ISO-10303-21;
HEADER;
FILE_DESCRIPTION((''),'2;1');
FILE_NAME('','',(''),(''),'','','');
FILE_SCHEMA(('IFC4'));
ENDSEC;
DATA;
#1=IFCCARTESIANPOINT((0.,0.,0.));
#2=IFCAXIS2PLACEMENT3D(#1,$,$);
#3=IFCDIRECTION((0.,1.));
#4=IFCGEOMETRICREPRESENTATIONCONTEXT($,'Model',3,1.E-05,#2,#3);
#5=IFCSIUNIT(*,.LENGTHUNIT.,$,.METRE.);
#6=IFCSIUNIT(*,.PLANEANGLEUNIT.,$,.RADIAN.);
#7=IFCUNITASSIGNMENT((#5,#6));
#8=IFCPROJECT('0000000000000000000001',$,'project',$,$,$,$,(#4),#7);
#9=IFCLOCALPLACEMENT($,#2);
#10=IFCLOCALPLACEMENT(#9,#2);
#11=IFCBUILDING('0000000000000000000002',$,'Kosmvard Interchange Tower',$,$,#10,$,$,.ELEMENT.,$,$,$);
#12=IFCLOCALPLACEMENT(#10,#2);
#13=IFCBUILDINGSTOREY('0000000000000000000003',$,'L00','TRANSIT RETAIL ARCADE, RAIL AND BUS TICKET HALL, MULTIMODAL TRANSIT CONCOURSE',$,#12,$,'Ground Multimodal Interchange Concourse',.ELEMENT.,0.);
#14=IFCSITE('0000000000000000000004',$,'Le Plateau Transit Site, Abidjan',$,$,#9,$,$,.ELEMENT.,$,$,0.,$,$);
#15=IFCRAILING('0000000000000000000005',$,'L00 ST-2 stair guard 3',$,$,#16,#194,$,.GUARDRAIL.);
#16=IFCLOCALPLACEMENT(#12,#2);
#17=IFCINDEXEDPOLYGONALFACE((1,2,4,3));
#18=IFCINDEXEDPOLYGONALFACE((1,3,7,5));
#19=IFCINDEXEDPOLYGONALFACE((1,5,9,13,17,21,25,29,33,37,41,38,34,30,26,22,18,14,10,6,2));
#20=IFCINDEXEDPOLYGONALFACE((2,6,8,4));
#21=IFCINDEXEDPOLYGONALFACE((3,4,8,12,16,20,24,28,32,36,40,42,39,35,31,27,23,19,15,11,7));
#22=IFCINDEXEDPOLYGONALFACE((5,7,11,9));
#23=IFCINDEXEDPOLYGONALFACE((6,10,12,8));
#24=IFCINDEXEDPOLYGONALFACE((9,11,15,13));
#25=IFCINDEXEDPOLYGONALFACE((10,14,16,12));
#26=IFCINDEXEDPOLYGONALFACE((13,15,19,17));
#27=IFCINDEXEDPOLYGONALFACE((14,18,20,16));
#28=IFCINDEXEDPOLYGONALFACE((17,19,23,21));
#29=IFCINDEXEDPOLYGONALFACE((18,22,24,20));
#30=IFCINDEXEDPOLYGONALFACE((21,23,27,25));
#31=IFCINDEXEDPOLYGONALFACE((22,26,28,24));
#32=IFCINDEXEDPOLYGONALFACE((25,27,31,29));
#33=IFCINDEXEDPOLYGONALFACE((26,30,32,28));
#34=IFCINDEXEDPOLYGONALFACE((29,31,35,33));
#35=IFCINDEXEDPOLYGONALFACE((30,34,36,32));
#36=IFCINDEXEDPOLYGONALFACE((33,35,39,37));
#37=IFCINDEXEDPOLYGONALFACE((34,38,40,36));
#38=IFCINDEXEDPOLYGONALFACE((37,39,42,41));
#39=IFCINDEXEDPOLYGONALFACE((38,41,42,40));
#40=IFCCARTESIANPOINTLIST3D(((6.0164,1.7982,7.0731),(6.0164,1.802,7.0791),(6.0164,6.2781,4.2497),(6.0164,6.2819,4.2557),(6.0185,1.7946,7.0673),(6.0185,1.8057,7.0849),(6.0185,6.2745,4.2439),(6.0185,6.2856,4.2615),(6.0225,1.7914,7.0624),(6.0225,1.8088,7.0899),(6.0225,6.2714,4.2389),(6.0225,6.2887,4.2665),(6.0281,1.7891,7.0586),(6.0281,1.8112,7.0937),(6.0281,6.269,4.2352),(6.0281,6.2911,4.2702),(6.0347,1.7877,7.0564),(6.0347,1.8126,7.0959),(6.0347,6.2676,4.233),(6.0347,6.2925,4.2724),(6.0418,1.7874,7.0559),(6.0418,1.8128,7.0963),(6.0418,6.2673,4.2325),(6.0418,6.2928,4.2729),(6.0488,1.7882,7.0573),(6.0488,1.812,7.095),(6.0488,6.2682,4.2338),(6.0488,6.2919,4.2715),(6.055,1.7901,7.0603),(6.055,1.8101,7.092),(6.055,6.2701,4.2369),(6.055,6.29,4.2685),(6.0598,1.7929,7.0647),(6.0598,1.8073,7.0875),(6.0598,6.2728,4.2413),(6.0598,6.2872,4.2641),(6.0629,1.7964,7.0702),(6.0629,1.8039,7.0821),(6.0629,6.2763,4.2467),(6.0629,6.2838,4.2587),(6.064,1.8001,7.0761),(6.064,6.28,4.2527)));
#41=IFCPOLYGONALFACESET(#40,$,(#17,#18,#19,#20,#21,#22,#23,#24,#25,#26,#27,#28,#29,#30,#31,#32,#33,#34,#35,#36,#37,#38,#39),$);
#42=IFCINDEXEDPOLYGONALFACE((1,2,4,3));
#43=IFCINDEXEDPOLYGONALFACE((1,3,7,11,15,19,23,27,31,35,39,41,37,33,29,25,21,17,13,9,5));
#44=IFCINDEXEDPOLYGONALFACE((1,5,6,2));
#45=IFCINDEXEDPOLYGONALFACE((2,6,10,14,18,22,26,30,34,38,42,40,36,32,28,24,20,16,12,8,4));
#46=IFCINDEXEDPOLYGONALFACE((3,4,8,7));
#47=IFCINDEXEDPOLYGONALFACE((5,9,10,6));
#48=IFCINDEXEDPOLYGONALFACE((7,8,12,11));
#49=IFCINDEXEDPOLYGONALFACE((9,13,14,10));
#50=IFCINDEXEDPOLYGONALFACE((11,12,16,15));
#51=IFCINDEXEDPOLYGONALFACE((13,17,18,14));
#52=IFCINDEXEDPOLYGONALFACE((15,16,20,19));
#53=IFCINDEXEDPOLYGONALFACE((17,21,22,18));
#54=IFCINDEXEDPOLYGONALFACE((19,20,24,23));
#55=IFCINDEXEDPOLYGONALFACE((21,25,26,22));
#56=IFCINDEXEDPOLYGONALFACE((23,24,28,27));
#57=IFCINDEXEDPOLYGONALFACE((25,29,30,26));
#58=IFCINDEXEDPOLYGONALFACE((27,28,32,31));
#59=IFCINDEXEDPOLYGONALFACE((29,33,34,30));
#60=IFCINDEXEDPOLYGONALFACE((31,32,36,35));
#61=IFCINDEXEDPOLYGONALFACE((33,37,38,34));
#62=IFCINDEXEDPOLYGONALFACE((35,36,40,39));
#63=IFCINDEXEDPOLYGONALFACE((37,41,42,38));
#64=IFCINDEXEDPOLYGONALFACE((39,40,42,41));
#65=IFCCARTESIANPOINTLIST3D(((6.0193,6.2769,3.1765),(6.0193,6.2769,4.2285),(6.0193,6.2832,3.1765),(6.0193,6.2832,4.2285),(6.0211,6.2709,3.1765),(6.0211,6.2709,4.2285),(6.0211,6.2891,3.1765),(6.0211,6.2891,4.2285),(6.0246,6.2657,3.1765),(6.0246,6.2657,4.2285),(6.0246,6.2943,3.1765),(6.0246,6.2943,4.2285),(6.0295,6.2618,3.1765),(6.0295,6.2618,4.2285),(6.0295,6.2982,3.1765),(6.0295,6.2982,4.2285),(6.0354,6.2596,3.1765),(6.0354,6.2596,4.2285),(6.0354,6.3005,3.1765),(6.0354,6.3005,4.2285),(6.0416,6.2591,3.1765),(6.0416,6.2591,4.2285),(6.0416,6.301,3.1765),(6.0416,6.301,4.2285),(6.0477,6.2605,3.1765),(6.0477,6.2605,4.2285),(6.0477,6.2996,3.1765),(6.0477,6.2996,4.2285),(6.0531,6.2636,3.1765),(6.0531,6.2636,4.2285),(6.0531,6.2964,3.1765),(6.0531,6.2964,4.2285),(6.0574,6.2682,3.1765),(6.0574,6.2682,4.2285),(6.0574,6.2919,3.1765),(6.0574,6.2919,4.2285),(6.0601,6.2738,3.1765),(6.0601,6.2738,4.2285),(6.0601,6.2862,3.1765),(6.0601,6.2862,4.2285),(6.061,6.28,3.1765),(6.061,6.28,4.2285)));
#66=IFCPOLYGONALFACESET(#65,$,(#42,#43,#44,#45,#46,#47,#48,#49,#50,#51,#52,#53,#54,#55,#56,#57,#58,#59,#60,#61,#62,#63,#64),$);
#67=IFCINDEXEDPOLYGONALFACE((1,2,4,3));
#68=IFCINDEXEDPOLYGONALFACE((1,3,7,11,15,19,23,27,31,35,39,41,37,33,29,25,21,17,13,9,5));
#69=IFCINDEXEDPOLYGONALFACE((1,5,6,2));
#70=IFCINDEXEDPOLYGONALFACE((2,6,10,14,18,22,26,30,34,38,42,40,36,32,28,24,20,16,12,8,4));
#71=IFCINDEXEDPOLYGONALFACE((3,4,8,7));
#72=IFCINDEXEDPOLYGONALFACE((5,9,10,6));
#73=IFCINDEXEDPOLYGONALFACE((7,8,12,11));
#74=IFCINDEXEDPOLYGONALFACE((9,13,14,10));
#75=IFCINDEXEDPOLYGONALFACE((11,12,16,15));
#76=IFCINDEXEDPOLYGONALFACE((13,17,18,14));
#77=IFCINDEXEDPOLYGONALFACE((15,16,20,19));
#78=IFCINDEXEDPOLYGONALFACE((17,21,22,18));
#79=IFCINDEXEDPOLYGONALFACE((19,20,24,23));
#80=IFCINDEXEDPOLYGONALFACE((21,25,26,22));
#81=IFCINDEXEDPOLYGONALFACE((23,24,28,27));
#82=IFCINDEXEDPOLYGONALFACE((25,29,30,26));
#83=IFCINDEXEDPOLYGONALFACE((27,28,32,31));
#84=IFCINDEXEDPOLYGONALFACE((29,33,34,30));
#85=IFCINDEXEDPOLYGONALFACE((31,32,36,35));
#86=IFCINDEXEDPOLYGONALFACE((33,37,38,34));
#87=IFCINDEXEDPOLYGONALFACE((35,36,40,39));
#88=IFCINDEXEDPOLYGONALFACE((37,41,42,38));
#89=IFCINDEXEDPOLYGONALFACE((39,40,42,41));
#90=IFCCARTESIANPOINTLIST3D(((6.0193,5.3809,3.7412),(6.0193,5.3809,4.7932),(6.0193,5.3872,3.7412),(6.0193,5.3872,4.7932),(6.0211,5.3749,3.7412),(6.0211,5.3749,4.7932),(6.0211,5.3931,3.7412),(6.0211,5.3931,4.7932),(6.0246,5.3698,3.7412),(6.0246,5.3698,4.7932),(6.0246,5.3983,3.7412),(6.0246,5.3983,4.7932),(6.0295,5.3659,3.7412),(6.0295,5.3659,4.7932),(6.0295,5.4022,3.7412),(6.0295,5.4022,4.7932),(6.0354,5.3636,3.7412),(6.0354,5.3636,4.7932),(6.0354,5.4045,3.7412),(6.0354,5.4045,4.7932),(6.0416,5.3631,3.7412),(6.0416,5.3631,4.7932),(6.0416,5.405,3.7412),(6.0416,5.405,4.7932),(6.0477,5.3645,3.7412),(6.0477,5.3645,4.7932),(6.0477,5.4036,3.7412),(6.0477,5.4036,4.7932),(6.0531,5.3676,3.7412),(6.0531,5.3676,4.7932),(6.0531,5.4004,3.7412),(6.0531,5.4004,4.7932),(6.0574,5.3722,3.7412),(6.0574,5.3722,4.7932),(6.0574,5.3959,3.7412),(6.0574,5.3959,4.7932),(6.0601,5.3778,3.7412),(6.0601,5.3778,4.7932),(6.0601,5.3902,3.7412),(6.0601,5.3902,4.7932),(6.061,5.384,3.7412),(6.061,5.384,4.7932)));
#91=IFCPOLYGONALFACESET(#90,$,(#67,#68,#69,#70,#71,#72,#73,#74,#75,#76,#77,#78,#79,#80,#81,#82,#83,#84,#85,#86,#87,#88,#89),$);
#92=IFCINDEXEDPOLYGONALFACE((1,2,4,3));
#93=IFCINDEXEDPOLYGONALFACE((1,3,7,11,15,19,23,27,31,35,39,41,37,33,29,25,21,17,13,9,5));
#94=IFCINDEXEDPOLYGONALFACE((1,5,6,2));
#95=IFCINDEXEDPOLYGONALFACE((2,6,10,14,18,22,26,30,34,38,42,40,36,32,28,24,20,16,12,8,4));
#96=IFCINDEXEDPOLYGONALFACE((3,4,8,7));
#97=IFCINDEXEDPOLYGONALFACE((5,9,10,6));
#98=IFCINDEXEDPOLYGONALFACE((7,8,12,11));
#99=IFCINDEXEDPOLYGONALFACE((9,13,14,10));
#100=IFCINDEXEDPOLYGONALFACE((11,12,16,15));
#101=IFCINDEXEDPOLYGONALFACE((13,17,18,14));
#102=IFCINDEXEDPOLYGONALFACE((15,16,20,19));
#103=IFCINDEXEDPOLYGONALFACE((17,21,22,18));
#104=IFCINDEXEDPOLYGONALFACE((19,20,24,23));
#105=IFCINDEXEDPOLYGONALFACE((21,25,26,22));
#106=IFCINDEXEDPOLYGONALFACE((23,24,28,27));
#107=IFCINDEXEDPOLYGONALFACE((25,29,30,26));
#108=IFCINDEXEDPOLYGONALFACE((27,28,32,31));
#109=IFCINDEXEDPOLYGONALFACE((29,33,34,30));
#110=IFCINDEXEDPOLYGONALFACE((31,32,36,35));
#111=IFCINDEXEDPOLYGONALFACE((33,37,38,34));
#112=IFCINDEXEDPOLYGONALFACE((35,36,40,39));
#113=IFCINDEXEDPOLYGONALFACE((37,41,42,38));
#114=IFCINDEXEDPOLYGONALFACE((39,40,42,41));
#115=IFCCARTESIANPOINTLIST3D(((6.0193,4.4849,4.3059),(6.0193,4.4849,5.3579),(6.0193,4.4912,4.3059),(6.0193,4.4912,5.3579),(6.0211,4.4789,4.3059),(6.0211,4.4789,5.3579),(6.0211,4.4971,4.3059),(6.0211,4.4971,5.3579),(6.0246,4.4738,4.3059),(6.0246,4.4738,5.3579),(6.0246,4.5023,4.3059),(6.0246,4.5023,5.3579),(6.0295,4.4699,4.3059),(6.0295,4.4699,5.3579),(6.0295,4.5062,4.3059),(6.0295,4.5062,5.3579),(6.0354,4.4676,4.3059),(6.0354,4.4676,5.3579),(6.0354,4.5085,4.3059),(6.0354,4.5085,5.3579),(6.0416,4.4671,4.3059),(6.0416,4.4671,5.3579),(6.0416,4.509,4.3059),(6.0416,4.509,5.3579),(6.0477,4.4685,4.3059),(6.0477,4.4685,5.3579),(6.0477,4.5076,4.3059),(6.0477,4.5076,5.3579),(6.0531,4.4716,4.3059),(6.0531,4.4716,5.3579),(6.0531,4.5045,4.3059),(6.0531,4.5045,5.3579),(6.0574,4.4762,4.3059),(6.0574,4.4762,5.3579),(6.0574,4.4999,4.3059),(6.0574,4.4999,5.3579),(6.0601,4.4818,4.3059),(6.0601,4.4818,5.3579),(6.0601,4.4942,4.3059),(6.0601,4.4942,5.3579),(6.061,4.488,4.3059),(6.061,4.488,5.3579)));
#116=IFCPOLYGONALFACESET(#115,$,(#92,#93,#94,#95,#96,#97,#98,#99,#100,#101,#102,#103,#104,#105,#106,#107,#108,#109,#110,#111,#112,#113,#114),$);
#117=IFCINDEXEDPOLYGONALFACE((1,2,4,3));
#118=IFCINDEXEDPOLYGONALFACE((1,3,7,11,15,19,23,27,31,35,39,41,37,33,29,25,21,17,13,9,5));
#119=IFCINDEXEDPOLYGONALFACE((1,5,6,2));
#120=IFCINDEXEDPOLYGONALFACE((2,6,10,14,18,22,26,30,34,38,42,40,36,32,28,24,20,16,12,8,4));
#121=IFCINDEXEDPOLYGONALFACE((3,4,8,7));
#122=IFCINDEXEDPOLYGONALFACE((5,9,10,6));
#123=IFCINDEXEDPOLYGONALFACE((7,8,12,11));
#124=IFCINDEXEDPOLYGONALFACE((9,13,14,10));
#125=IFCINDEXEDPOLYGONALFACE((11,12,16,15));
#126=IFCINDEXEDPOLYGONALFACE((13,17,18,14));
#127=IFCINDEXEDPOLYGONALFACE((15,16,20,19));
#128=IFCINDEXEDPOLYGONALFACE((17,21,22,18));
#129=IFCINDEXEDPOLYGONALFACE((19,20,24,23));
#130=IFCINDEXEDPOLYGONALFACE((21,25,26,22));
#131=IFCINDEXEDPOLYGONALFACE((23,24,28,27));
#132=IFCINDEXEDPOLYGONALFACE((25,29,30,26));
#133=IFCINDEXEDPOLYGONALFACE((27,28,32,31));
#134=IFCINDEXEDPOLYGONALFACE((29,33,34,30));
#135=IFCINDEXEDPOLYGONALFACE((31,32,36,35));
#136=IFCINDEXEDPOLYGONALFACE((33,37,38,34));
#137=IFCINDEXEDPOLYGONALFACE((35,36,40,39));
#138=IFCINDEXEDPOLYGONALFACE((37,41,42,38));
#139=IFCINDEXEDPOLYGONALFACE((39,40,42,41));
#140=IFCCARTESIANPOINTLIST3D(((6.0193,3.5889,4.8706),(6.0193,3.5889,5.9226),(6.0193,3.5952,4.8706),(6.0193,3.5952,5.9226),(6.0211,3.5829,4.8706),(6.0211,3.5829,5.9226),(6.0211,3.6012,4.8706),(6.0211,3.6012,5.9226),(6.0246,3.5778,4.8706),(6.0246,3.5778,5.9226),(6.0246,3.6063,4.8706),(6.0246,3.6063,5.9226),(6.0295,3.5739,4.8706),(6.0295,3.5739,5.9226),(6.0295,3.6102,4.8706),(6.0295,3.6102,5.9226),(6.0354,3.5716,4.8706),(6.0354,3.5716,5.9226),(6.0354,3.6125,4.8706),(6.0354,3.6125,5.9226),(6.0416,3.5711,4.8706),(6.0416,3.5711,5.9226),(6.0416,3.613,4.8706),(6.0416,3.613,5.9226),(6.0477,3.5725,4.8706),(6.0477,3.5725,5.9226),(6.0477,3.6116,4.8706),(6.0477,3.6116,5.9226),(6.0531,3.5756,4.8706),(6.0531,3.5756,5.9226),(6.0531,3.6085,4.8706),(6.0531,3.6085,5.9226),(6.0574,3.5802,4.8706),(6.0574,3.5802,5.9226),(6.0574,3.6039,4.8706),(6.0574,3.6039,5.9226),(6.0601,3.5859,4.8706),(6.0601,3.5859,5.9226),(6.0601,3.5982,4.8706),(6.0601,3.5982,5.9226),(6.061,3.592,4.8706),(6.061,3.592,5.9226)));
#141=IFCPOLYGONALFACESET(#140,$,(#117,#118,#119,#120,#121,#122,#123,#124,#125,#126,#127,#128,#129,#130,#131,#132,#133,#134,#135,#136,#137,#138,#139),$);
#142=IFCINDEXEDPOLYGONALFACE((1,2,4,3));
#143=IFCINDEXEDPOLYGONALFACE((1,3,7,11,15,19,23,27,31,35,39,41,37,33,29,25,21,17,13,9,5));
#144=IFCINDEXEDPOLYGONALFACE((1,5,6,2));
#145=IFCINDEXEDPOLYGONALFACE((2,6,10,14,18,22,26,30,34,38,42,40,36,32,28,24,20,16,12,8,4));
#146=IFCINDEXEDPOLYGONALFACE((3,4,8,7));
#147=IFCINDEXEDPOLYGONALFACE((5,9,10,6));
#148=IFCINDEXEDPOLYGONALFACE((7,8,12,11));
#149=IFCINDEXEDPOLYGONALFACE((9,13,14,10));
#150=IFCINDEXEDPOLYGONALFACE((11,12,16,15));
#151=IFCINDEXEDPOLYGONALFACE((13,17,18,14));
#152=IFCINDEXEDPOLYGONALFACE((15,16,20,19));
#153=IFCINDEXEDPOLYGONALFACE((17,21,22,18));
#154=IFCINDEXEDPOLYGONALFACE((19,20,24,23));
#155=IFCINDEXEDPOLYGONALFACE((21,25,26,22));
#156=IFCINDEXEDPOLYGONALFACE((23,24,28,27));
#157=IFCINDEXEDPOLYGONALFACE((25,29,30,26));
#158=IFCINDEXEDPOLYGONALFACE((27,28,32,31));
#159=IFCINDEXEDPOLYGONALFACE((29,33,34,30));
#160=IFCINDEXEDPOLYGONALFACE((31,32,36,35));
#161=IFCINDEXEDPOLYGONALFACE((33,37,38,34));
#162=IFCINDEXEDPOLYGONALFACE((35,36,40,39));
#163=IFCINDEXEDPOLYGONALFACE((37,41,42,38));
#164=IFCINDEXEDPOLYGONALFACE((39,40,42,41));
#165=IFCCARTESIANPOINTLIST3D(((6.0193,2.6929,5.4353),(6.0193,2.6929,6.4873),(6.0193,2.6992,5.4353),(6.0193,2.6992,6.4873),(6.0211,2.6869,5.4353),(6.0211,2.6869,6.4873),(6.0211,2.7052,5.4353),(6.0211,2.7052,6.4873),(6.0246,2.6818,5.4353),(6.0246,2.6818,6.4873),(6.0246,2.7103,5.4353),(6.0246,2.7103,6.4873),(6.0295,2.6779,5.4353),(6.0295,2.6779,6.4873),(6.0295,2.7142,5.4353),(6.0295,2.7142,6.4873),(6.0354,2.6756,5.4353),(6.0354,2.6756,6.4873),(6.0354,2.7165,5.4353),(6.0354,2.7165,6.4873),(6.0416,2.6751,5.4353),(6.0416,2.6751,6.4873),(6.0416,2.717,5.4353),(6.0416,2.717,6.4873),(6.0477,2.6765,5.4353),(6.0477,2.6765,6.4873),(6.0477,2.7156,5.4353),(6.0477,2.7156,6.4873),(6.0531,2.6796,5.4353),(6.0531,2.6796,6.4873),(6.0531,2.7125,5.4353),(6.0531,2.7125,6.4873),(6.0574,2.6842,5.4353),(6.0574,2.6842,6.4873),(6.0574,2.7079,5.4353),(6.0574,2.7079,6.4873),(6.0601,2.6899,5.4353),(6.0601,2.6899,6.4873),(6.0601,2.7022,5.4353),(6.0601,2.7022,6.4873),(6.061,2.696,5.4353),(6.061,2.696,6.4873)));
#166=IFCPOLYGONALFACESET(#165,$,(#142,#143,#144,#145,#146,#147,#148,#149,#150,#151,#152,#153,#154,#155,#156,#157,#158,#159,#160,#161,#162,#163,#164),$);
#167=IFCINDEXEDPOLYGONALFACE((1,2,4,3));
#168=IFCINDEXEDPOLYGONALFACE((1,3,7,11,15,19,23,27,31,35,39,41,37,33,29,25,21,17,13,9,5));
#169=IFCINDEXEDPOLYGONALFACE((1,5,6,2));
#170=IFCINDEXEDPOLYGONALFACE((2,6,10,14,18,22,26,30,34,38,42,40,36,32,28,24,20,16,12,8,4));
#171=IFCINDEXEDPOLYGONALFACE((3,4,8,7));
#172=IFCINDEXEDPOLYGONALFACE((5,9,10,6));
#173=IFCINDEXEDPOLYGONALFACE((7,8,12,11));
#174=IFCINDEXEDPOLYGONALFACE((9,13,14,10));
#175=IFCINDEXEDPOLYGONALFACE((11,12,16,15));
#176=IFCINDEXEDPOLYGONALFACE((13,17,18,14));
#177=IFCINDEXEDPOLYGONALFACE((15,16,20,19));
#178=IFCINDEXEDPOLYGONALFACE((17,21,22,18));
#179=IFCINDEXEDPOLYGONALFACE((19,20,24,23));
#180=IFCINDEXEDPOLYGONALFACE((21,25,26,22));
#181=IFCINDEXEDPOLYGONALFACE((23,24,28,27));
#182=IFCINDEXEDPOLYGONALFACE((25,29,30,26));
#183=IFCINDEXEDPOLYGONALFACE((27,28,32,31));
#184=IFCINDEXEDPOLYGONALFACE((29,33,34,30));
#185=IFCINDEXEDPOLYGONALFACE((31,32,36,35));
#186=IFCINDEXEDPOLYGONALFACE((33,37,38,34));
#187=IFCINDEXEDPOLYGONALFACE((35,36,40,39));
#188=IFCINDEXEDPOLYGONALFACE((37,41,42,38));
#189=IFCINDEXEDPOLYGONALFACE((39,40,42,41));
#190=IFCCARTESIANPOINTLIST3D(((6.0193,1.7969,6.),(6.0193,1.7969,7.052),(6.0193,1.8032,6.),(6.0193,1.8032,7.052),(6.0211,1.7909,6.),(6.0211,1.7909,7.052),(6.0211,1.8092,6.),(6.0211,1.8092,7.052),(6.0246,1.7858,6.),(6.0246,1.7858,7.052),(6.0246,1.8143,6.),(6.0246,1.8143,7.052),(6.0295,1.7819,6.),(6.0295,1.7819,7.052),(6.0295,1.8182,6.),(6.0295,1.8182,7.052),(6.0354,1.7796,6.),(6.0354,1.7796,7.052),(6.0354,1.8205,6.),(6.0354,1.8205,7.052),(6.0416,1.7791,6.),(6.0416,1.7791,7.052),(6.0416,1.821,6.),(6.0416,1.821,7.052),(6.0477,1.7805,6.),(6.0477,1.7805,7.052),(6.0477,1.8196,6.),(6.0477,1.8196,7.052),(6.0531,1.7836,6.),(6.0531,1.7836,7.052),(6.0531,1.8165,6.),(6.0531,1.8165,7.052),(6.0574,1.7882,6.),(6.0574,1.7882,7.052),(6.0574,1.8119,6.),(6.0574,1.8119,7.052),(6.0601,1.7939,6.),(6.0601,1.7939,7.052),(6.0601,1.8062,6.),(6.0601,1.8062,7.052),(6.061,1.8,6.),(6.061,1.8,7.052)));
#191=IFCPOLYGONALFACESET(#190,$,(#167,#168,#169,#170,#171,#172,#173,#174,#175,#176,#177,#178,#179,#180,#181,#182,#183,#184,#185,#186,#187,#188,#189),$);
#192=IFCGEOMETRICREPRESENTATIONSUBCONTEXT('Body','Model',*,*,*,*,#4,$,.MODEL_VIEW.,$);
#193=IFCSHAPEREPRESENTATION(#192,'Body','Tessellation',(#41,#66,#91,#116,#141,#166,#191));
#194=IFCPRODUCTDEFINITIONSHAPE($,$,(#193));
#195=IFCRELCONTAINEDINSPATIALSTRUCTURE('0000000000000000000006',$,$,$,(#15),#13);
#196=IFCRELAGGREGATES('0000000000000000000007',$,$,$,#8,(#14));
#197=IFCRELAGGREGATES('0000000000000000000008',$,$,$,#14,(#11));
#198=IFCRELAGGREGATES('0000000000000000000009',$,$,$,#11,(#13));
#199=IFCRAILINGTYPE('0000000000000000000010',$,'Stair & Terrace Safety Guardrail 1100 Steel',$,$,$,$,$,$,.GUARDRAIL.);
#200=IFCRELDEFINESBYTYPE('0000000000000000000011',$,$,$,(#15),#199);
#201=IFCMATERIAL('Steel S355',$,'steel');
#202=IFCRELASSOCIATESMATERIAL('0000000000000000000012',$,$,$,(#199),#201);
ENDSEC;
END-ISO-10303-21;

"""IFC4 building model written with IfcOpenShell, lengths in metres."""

from ifc_helpers import new_model, si_unit, direction, frame, origin, origin_2d, place, context, subcontext, project, spatial, circle, extrude, source, transform, mapped, material, type_object, element, save


model = new_model("IFC4")

# Units and contexts
model_context = context("Model", 3, precision=1e-05, world=origin(), true_north=direction((0.0, 1.0)))
body_context = subcontext(model_context, "Body", "Model", "MODEL_VIEW")
ifc_project = project(units=[si_unit("LENGTHUNIT", "METRE"), si_unit("PLANEANGLEUNIT", "RADIAN")], contexts=[model_context])

# Site, building, storey
site_placement = place(None, origin())
site = spatial("IfcSite", under=ifc_project, at=site_placement, Name="Le Plateau Transit Site, Abidjan", CompositionType="ELEMENT", RefElevation=0.0)
building_placement = place(site_placement, origin())
building = spatial("IfcBuilding", under=site, at=building_placement, Name="Kosmvard Interchange Tower", CompositionType="ELEMENT")
storey_placement = place(building_placement, origin())
storey = spatial("IfcBuildingStorey", under=building, at=storey_placement, Name="L00", Description="TRANSIT RETAIL ARCADE, RAIL AND BUS TICKET HALL, MULTIMODAL TRANSIT CONCOURSE", LongName="Ground Multimodal Interchange Concourse", CompositionType="ELEMENT", Elevation=0.0)

# Railing
ifc_material_1 = material(Name="Steel S355", Category="steel")
railing_type_1 = type_object("IfcRailingType", Name="Stair & Terrace Safety Guardrail 1100 Steel", PredefinedType="GUARDRAIL", material=ifc_material_1)
shared_shape_1 = source(origin(), body_context, "Body", "SweptSolid", [
    extrude(circle(Radius=0.0239, at=origin_2d()), frame((0.0, 0.0, 1.0762), z_axis=(0.0, -0.845998, 0.533186), x_axis=(1.0, 0.0, 0.0)), (0.0, 0.0, 1.0), 5.2954),
    extrude(circle(Radius=0.021, at=origin_2d()), origin(), (0.0, 0.0, 1.0), 1.052),
    extrude(circle(Radius=0.021, at=origin_2d()), frame((0.0, -0.896, 0.5647)), (0.0, 0.0, 1.0), 1.052),
    extrude(circle(Radius=0.021, at=origin_2d()), frame((0.0, -1.792, 1.1294)), (0.0, 0.0, 1.0), 1.052),
    extrude(circle(Radius=0.021, at=origin_2d()), frame((0.0, -2.688, 1.6941)), (0.0, 0.0, 1.0), 1.052),
    extrude(circle(Radius=0.021, at=origin_2d()), frame((0.0, -3.584, 2.2588)), (0.0, 0.0, 1.0), 1.052),
    extrude(circle(Radius=0.021, at=origin_2d()), frame((0.0, -4.48, 2.8235)), (0.0, 0.0, 1.0), 1.052),
])
railing_1_placement = place(storey_placement, frame((6.04, 6.28, 3.1765)))
element("IfcRailing", 1, at=railing_1_placement, inside=storey, type_object=railing_type_1, Name="L00 ST-2 stair guard 3", PredefinedType="GUARDRAIL", context=body_context, shape_type="MappedRepresentation", body=[
    mapped(shared_shape_1, transform((0.0, 0.0, 0.0), scale=1.0)),
])

save(model, "model.ifc")
